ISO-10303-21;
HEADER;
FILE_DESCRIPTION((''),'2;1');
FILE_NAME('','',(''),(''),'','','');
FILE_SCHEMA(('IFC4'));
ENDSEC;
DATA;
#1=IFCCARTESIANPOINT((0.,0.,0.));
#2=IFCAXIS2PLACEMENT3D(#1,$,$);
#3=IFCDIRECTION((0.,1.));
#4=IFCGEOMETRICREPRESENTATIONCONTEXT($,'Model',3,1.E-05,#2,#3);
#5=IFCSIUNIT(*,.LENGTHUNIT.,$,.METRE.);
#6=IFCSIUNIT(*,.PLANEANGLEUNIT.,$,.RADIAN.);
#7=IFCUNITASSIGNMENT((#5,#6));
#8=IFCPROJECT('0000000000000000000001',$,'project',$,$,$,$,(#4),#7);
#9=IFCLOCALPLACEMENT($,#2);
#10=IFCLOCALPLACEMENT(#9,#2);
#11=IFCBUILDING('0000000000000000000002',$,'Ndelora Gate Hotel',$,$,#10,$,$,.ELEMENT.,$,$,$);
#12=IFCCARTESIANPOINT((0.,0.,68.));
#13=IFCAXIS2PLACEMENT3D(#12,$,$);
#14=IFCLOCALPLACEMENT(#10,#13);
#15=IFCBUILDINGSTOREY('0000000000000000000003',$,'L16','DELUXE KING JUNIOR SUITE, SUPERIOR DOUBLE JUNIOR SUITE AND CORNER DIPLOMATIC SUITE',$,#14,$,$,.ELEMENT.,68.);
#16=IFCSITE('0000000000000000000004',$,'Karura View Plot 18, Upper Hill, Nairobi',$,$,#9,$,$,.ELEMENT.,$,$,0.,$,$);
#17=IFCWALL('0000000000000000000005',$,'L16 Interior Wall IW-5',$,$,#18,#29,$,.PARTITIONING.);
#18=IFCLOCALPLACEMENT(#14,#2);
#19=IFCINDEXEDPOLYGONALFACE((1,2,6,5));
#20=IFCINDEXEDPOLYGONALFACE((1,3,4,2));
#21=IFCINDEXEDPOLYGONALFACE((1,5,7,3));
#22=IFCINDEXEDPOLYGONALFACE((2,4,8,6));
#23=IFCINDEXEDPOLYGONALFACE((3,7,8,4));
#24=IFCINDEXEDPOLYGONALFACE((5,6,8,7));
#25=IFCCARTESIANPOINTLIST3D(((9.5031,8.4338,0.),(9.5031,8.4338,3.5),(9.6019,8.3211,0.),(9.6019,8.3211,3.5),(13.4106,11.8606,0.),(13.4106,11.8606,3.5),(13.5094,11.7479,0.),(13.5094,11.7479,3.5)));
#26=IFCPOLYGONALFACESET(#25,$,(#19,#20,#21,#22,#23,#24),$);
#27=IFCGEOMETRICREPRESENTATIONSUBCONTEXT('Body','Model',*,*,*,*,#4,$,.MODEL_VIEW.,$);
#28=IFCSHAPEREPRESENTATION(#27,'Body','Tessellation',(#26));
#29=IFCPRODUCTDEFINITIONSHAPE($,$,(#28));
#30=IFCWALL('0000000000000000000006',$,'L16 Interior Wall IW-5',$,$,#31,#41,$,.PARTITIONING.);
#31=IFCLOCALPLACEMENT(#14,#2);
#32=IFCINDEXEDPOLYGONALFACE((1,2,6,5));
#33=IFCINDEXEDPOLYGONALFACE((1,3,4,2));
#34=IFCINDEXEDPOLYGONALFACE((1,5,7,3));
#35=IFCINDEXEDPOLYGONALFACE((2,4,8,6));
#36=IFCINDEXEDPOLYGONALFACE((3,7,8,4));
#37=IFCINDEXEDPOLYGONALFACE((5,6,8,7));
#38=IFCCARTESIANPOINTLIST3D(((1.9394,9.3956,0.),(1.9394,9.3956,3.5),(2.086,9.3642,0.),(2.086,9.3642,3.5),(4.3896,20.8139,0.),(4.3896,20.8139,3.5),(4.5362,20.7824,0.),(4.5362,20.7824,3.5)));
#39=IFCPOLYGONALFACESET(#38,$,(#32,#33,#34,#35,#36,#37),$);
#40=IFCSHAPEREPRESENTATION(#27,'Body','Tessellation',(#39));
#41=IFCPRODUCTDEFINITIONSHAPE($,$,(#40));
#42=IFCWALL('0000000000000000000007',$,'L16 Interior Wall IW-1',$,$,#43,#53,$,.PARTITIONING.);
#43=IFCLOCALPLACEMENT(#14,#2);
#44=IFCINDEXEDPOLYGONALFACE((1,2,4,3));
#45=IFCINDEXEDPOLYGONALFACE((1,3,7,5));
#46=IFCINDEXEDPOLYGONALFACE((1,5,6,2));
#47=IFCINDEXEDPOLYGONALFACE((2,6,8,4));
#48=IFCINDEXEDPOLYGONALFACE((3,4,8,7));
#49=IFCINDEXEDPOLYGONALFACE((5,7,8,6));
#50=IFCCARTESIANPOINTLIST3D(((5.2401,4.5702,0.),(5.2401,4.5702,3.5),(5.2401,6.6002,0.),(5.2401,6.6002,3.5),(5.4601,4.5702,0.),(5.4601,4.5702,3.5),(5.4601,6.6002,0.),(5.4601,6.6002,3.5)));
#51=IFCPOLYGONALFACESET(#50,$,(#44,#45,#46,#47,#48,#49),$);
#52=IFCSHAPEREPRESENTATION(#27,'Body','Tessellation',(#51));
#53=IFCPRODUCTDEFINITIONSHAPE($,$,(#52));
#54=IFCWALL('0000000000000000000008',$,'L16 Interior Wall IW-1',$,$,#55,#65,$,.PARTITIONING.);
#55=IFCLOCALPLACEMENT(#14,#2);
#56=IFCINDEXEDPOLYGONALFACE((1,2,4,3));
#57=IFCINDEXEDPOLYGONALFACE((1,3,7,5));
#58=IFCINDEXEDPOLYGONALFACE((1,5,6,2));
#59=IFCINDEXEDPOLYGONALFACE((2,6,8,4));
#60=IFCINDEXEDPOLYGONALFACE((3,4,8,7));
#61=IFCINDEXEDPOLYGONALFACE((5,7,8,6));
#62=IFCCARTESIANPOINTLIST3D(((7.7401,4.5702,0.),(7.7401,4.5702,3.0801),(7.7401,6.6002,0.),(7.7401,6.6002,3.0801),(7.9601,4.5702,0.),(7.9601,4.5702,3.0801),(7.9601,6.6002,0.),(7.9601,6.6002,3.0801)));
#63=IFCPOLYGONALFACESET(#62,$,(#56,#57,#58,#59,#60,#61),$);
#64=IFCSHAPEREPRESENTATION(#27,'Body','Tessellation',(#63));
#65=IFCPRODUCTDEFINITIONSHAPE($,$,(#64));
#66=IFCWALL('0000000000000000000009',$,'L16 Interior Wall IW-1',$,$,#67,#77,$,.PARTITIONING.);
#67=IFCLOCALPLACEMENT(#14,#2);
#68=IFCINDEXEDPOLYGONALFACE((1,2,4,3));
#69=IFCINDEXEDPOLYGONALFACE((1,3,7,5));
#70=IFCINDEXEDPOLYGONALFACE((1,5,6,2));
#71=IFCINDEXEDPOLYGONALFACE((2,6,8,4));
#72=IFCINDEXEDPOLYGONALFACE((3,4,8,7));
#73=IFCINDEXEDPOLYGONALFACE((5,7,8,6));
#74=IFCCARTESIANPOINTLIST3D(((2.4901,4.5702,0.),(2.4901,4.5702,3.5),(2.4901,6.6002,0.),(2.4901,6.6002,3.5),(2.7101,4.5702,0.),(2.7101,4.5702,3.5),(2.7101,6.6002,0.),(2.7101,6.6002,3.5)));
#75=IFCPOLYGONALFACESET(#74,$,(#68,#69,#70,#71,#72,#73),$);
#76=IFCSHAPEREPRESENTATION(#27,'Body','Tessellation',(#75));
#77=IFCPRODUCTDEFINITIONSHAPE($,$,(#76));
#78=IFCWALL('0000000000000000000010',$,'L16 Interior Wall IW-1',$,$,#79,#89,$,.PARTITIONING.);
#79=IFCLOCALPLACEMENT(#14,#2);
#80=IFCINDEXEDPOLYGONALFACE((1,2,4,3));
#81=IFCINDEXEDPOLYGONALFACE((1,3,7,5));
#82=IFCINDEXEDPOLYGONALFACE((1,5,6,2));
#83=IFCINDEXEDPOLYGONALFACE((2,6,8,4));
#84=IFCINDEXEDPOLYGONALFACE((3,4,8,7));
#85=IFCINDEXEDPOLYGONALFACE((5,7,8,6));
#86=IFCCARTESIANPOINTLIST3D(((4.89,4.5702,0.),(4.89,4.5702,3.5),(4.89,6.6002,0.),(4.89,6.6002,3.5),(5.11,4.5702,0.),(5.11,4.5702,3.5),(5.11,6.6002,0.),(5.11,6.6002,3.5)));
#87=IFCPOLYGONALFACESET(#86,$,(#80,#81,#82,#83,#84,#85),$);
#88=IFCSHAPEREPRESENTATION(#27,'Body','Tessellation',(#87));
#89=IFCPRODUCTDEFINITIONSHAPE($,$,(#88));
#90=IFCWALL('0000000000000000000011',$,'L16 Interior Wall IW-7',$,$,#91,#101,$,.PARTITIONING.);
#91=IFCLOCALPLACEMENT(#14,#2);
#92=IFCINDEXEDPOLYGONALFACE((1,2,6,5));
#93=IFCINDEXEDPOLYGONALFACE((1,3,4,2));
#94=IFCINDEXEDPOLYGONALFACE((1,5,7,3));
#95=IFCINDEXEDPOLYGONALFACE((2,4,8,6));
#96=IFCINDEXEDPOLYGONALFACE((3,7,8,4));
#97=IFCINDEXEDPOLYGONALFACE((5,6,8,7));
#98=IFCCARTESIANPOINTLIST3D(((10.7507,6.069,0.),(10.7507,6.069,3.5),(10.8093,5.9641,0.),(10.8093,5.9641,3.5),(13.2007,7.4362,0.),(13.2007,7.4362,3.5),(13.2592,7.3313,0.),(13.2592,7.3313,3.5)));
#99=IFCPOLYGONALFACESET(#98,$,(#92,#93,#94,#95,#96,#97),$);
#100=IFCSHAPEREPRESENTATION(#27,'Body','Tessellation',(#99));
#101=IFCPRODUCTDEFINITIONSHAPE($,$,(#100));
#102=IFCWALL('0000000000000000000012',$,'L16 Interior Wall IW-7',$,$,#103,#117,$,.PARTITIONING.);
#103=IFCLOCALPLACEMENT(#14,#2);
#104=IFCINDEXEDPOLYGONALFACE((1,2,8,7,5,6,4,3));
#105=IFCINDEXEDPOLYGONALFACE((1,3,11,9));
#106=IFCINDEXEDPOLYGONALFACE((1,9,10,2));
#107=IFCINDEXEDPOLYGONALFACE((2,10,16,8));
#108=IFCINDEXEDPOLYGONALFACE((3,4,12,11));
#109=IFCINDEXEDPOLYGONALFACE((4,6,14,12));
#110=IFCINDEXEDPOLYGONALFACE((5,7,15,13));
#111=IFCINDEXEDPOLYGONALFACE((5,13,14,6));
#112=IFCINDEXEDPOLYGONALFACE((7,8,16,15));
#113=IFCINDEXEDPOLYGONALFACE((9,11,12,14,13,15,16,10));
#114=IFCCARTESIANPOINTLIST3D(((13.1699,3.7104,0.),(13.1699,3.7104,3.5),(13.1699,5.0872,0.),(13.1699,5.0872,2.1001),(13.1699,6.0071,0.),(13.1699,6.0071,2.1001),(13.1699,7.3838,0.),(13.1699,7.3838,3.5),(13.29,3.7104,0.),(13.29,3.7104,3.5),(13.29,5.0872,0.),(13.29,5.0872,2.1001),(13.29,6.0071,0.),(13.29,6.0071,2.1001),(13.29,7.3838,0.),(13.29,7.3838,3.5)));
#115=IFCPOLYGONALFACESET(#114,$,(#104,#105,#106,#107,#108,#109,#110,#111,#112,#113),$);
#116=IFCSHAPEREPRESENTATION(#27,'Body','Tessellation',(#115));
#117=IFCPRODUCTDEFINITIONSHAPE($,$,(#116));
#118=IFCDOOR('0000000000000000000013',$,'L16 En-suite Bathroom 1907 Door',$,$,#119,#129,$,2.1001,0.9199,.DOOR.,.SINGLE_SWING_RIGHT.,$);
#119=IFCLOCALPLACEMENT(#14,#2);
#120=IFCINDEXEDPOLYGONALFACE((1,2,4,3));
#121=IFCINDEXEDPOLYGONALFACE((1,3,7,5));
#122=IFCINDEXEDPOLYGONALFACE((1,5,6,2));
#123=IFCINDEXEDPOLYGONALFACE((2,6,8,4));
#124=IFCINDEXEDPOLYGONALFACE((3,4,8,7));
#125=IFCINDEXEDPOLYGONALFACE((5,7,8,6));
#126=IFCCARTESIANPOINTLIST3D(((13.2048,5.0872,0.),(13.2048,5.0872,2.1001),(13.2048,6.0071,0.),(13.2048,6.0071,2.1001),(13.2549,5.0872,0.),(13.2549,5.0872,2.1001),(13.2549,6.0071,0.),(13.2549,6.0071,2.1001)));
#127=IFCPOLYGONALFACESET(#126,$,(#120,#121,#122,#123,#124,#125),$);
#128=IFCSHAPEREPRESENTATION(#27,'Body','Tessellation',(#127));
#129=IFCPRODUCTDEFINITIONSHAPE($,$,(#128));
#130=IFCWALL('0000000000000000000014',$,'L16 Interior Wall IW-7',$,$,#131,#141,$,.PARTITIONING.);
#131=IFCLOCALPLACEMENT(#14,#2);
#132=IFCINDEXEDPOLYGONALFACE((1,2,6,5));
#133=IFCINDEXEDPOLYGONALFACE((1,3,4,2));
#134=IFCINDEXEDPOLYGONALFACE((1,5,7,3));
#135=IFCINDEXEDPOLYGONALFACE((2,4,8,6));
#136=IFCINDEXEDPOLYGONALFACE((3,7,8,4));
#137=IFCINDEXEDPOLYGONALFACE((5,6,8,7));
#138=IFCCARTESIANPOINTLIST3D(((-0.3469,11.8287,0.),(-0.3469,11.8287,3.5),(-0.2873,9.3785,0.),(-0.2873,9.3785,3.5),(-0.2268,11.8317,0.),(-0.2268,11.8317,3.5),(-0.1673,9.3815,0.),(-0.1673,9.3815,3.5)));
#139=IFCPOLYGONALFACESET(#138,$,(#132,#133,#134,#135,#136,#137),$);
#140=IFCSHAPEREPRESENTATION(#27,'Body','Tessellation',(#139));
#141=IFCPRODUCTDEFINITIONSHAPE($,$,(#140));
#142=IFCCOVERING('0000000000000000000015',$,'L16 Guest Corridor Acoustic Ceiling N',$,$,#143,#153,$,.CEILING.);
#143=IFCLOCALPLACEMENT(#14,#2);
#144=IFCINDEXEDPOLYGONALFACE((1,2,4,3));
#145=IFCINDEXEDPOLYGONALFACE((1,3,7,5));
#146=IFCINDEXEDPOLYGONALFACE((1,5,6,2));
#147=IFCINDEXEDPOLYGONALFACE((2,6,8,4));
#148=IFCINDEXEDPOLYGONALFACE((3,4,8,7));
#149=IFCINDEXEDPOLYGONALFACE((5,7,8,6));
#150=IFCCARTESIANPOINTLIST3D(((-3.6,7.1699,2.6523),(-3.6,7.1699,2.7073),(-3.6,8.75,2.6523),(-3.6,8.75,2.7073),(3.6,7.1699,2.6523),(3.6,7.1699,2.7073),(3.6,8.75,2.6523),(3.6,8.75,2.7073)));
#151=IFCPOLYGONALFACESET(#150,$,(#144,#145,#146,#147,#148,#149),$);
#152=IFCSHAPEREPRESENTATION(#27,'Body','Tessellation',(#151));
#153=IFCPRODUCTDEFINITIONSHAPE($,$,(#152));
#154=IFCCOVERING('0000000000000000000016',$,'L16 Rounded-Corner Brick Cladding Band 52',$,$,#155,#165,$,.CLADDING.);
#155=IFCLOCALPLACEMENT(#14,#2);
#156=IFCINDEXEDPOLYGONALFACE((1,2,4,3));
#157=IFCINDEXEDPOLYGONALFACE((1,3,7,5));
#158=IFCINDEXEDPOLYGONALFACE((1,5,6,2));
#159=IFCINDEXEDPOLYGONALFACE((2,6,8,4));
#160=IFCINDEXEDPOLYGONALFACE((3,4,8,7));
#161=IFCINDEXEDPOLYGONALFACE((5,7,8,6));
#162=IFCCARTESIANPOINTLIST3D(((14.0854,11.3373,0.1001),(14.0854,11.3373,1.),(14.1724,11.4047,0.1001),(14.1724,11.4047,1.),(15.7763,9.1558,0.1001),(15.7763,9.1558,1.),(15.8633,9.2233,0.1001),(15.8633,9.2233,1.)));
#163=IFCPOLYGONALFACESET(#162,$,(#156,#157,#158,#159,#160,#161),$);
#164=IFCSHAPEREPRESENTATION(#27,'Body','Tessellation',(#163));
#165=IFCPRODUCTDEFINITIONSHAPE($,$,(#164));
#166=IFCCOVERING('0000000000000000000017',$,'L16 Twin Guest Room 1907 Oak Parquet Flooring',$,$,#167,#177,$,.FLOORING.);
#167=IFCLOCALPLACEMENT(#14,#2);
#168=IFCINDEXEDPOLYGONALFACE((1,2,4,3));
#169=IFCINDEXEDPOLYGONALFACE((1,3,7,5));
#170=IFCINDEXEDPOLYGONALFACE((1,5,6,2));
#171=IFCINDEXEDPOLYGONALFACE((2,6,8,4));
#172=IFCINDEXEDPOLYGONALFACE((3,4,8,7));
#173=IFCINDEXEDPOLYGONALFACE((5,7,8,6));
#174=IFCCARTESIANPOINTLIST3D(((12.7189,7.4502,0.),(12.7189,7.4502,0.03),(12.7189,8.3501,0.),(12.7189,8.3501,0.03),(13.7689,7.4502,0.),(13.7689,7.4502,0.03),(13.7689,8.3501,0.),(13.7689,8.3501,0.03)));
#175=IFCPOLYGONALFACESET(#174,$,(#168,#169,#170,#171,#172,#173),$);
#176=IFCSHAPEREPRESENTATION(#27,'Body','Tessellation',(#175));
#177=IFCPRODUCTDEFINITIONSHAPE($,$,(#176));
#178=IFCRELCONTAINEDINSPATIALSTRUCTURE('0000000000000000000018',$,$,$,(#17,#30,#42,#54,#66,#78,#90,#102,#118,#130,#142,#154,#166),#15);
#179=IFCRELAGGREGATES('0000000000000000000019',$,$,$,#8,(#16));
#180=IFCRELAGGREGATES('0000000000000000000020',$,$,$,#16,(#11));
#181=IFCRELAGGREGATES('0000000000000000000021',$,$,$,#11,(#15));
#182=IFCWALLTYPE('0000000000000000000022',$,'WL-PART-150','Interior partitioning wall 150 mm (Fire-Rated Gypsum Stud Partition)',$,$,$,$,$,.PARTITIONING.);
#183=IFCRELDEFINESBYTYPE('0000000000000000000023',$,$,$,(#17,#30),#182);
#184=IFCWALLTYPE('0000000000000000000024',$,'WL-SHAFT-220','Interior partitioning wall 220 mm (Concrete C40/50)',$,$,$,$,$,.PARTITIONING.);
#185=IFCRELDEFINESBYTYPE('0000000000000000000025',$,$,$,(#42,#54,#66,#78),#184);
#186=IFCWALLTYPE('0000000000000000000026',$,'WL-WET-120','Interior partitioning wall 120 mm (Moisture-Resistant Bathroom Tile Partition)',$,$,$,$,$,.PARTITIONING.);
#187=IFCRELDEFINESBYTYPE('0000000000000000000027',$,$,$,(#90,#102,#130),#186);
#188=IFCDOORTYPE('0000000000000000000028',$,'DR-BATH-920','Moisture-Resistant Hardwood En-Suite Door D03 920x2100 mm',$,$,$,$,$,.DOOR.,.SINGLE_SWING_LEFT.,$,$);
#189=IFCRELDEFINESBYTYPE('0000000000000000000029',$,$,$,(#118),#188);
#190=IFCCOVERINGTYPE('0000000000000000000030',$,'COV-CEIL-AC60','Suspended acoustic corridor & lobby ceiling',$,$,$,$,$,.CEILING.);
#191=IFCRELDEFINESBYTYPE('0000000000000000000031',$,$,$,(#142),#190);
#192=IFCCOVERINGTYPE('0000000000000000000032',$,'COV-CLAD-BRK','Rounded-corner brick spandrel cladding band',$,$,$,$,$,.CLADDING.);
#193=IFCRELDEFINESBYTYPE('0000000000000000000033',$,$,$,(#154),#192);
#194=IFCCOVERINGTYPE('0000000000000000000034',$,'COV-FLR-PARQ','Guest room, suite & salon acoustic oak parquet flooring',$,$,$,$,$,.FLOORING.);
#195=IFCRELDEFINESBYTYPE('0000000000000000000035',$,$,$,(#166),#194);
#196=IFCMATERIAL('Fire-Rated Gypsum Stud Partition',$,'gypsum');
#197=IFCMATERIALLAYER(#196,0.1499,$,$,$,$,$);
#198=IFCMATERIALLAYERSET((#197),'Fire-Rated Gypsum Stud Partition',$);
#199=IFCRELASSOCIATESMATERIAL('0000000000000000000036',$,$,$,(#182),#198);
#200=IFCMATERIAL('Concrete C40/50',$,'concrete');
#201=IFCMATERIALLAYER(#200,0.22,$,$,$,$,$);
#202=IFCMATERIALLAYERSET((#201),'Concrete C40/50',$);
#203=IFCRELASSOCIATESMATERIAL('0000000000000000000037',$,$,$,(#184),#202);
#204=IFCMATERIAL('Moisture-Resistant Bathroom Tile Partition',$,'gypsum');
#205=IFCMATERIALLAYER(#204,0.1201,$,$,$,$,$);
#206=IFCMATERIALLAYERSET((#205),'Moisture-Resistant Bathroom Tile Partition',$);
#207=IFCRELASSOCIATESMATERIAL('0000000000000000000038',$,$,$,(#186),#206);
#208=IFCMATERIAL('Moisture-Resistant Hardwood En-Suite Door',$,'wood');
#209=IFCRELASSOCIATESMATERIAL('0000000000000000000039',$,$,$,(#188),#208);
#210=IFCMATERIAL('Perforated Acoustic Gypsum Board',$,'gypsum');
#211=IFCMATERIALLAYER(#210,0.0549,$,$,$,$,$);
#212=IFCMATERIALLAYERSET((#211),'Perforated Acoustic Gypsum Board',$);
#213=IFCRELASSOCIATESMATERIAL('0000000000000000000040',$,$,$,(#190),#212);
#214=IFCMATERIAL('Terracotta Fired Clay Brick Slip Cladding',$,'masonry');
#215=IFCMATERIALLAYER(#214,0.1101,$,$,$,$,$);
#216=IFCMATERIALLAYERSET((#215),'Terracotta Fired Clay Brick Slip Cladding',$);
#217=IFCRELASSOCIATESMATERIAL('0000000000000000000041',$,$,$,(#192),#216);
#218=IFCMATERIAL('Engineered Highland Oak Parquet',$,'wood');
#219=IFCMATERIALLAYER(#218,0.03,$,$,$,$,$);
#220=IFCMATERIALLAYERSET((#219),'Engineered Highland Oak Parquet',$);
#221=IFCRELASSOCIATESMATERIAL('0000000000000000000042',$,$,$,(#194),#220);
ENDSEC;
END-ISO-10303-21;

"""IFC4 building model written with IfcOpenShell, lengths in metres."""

from ifc_helpers import new_model, si_unit, direction, frame, frame_2d, origin, origin_2d, place, context, subcontext, project, spatial, rectangle, extrude, material, layer, layer_set, type_object, element, fill, save


model = new_model("IFC4")

# Units and contexts
model_context = context("Model", 3, precision=1e-05, world=origin(), true_north=direction((0.0, 1.0)))
body_context = subcontext(model_context, "Body", "Model", "MODEL_VIEW")
ifc_project = project(units=[si_unit("LENGTHUNIT", "METRE"), si_unit("PLANEANGLEUNIT", "RADIAN")], contexts=[model_context])

# Site, building, storey
site_placement = place(None, origin())
site = spatial("IfcSite", under=ifc_project, at=site_placement, Name="Karura View Plot 18, Upper Hill, Nairobi", CompositionType="ELEMENT", RefElevation=0.0)
building_placement = place(site_placement, origin())
building = spatial("IfcBuilding", under=site, at=building_placement, Name="Ndelora Gate Hotel", CompositionType="ELEMENT")
storey_placement = place(building_placement, frame((0.0, 0.0, 68.0)))
storey = spatial("IfcBuildingStorey", under=building, at=storey_placement, Name="L16", Description="DELUXE KING JUNIOR SUITE, SUPERIOR DOUBLE JUNIOR SUITE AND CORNER DIPLOMATIC SUITE", CompositionType="ELEMENT", Elevation=68.0)

# Shared definitions
ifc_material_1 = material(Name="Fire-Rated Gypsum Stud Partition", Category="gypsum")
ifc_layer_1 = layer(ifc_material_1, 0.1499)
ifc_layer_set_1 = layer_set([ifc_layer_1], Name="Fire-Rated Gypsum Stud Partition")
wall_type_1 = type_object("IfcWallType", Name="WL-PART-150", Description="Interior partitioning wall 150 mm (Fire-Rated Gypsum Stud Partition)", PredefinedType="PARTITIONING", material=ifc_layer_set_1)

# Walls
wall_1_placement = place(storey_placement, frame((9.5525, 8.3774, 0.0), z_axis=(0.0, 0.0, 1.0), x_axis=(0.75184, 0.659346, 0.0)))
element("IfcWall", 1, at=wall_1_placement, inside=storey, type_object=wall_type_1, Name="L16 Interior Wall IW-5", PredefinedType="PARTITIONING", context=body_context, shape_type="SweptSolid", body=[
    extrude(rectangle(XDim=5.1973, YDim=0.1499, at=frame_2d((2.5986, 0.0))), origin(), (0.0, 0.0, 1.0), 3.5),
])
wall_2_placement = place(storey_placement, frame((2.0127, 9.3799, 0.0), z_axis=(0.0, 0.0, 1.0), x_axis=(0.20981, 0.977742, 0.0)))
element("IfcWall", 2, at=wall_2_placement, inside=storey, type_object=wall_type_1, Name="L16 Interior Wall IW-5", PredefinedType="PARTITIONING", context=body_context, shape_type="SweptSolid", body=[
    extrude(rectangle(XDim=11.6782, YDim=0.1499, at=frame_2d((5.8391, 0.0))), origin(), (0.0, 0.0, 1.0), 3.5),
])
ifc_material_2 = material(Name="Concrete C40/50", Category="concrete")
ifc_layer_2 = layer(ifc_material_2, 0.22)
ifc_layer_set_2 = layer_set([ifc_layer_2], Name="Concrete C40/50")
wall_type_2 = type_object("IfcWallType", Name="WL-SHAFT-220", Description="Interior partitioning wall 220 mm (Concrete C40/50)", PredefinedType="PARTITIONING", material=ifc_layer_set_2)
wall_3_placement = place(storey_placement, frame((5.3501, 4.5701, 0.0), z_axis=(0.0, 0.0, 1.0), x_axis=(0.0, 1.0, 0.0)))
element("IfcWall", 3, at=wall_3_placement, inside=storey, type_object=wall_type_2, Name="L16 Interior Wall IW-1", PredefinedType="PARTITIONING", context=body_context, shape_type="SweptSolid", body=[
    extrude(rectangle(XDim=2.03, YDim=0.22, at=frame_2d((1.0151, 0.0))), origin(), (0.0, 0.0, 1.0), 3.5),
])
wall_4_placement = place(storey_placement, frame((7.8501, 4.5701, 0.0), z_axis=(0.0, 0.0, 1.0), x_axis=(0.0, 1.0, 0.0)))
element("IfcWall", 4, at=wall_4_placement, inside=storey, type_object=wall_type_2, Name="L16 Interior Wall IW-1", PredefinedType="PARTITIONING", context=body_context, shape_type="SweptSolid", body=[
    extrude(rectangle(XDim=2.03, YDim=0.22, at=frame_2d((1.0151, 0.0))), origin(), (0.0, 0.0, 1.0), 3.0801),
])
for number, where, z_axis, x_axis, name in (
    (5, (2.6001, 4.5701, 0.0), (0.0, 0.0, 1.0), (0.0, 1.0, 0.0), "L16 Interior Wall IW-1"),
    (6, (5.0, 4.5701, 0.0), (0.0, 0.0, 1.0), (0.0, 1.0, 0.0), "L16 Interior Wall IW-1"),
):
    element("IfcWall", number, at=place(storey_placement, frame(where, z_axis=z_axis, x_axis=x_axis)), inside=storey, type_object=wall_type_2, Name=name, PredefinedType="PARTITIONING", context=body_context, shape_type="SweptSolid", body=[
        extrude(rectangle(XDim=2.03, YDim=0.22, at=frame_2d((1.0151, 0.0))), origin(), (0.0, 0.0, 1.0), 3.5),
    ])
ifc_material_3 = material(Name="Moisture-Resistant Bathroom Tile Partition", Category="gypsum")
ifc_layer_3 = layer(ifc_material_3, 0.1201)
ifc_layer_set_3 = layer_set([ifc_layer_3], Name="Moisture-Resistant Bathroom Tile Partition")
wall_type_3 = type_object("IfcWallType", Name="WL-WET-120", Description="Interior partitioning wall 120 mm (Moisture-Resistant Bathroom Tile Partition)", PredefinedType="PARTITIONING", material=ifc_layer_set_3)
wall_5_placement = place(storey_placement, frame((13.23, 7.3838, 0.0), z_axis=(0.0, 0.0, 1.0), x_axis=(-0.873232, -0.487304, 0.0)))
element("IfcWall", 7, at=wall_5_placement, inside=storey, type_object=wall_type_3, Name="L16 Interior Wall IW-7", PredefinedType="PARTITIONING", context=body_context, shape_type="SweptSolid", body=[
    extrude(rectangle(XDim=2.8057, YDim=0.1201, at=frame_2d((1.4028, 0.0))), origin(), (0.0, 0.0, 1.0), 3.5),
])

# Wall, opening, door
wall_6_placement = place(storey_placement, frame((13.23, 7.3838, 0.0), z_axis=(0.0, 0.0, 1.0), x_axis=(0.0, -1.0, 0.0)))
wall_6 = element("IfcWall", 8, at=wall_6_placement, inside=storey, type_object=wall_type_3, Name="L16 Interior Wall IW-7", PredefinedType="PARTITIONING", context=body_context, shape_type="SweptSolid", body=[
    extrude(rectangle(XDim=3.6733, YDim=0.1201, at=frame_2d((1.8367, 0.0))), origin(), (0.0, 0.0, 1.0), 3.5),
])
opening_1_placement = place(wall_6_placement, frame((1.3767, 0.0, 0.0)))
opening_1 = element("IfcOpeningElement", 9, at=opening_1_placement, cuts=wall_6, PredefinedType="OPENING", context=body_context, shape_type="SweptSolid", body=[
    extrude(rectangle(XDim=0.9199, YDim=2.1001, at=frame_2d((0.46, 1.05))), frame((0.0, 0.0701, 0.0), z_axis=(0.0, -1.0, 0.0), x_axis=(1.0, 0.0, 0.0)), (0.0, 0.0, 1.0), 0.1401),
])
ifc_material_4 = material(Name="Moisture-Resistant Hardwood En-Suite Door", Category="wood")
door_type_1 = type_object("IfcDoorType", Name="DR-BATH-920", Description="Moisture-Resistant Hardwood En-Suite Door D03 920x2100 mm", OperationType="SINGLE_SWING_LEFT", PredefinedType="DOOR", material=ifc_material_4)
door_1_placement = place(opening_1_placement, origin())
door_1 = element("IfcDoor", 10, at=door_1_placement, inside=storey, type_object=door_type_1, Name="L16 En-suite Bathroom 1907 Door", OperationType="SINGLE_SWING_RIGHT", OverallHeight=2.1001, OverallWidth=0.9199, PredefinedType="DOOR", context=body_context, shape_type="SweptSolid", body=[
    extrude(rectangle(XDim=0.9199, YDim=2.1001, at=frame_2d((0.46, 1.05))), frame((0.0, 0.0249, 0.0), z_axis=(0.0, -1.0, 0.0), x_axis=(1.0, 0.0, 0.0)), (0.0, 0.0, 1.0), 0.05),
])
fill(opening_1, door_1)

# Wall
wall_7_placement = place(storey_placement, frame((-0.2273, 9.3799, 0.0), z_axis=(0.0, 0.0, 1.0), x_axis=(-0.024305, 0.999705, 0.0)))
element("IfcWall", 11, at=wall_7_placement, inside=storey, type_object=wall_type_3, Name="L16 Interior Wall IW-7", PredefinedType="PARTITIONING", context=body_context, shape_type="SweptSolid", body=[
    extrude(rectangle(XDim=2.4509, YDim=0.1201, at=frame_2d((1.2256, 0.0))), origin(), (0.0, 0.0, 1.0), 3.5),
])

# Coverings
ifc_material_5 = material(Name="Perforated Acoustic Gypsum Board", Category="gypsum")
ifc_layer_4 = layer(ifc_material_5, 0.0549)
ifc_layer_set_4 = layer_set([ifc_layer_4], Name="Perforated Acoustic Gypsum Board")
covering_type_1 = type_object("IfcCoveringType", Name="COV-CEIL-AC60", Description="Suspended acoustic corridor & lobby ceiling", PredefinedType="CEILING", material=ifc_layer_set_4)
covering_1_placement = place(storey_placement, frame((0.0, 7.96, 2.6523), z_axis=(0.0, 0.0, 1.0), x_axis=(1.0, 0.0, 0.0)))
element("IfcCovering", 12, at=covering_1_placement, inside=storey, type_object=covering_type_1, Name="L16 Guest Corridor Acoustic Ceiling N", PredefinedType="CEILING", context=body_context, shape_type="SweptSolid", body=[
    extrude(rectangle(XDim=7.2, YDim=1.5801, at=origin_2d()), origin(), (0.0, 0.0, 1.0), 0.0549),
])
ifc_material_6 = material(Name="Terracotta Fired Clay Brick Slip Cladding", Category="masonry")
ifc_layer_5 = layer(ifc_material_6, 0.1101)
ifc_layer_set_5 = layer_set([ifc_layer_5], Name="Terracotta Fired Clay Brick Slip Cladding")
covering_type_2 = type_object("IfcCoveringType", Name="COV-CLAD-BRK", Description="Rounded-corner brick spandrel cladding band", PredefinedType="CLADDING", material=ifc_layer_set_5)
covering_2_placement = place(storey_placement, frame((14.9744, 10.2803, 0.1001), z_axis=(0.0, 0.0, 1.0), x_axis=(-0.612631, 0.790369, 0.0)))
element("IfcCovering", 13, at=covering_2_placement, inside=storey, type_object=covering_type_2, Name="L16 Rounded-Corner Brick Cladding Band 52", PredefinedType="CLADDING", context=body_context, shape_type="SweptSolid", body=[
    extrude(rectangle(XDim=2.76, YDim=0.1101, at=origin_2d()), origin(), (0.0, 0.0, 1.0), 0.8999),
])
ifc_material_7 = material(Name="Engineered Highland Oak Parquet", Category="wood")
ifc_layer_6 = layer(ifc_material_7, 0.03)
ifc_layer_set_6 = layer_set([ifc_layer_6], Name="Engineered Highland Oak Parquet")
covering_type_3 = type_object("IfcCoveringType", Name="COV-FLR-PARQ", Description="Guest room, suite & salon acoustic oak parquet flooring", PredefinedType="FLOORING", material=ifc_layer_set_6)
covering_3_placement = place(storey_placement, frame((13.2439, 7.9001, 0.0), z_axis=(0.0, 0.0, 1.0), x_axis=(1.0, 0.0, 0.0)))
element("IfcCovering", 14, at=covering_3_placement, inside=storey, type_object=covering_type_3, Name="L16 Twin Guest Room 1907 Oak Parquet Flooring", PredefinedType="FLOORING", context=body_context, shape_type="SweptSolid", body=[
    extrude(rectangle(XDim=1.05, YDim=0.8999, at=origin_2d()), origin(), (0.0, 0.0, 1.0), 0.03),
])

save(model, "model.ifc")
